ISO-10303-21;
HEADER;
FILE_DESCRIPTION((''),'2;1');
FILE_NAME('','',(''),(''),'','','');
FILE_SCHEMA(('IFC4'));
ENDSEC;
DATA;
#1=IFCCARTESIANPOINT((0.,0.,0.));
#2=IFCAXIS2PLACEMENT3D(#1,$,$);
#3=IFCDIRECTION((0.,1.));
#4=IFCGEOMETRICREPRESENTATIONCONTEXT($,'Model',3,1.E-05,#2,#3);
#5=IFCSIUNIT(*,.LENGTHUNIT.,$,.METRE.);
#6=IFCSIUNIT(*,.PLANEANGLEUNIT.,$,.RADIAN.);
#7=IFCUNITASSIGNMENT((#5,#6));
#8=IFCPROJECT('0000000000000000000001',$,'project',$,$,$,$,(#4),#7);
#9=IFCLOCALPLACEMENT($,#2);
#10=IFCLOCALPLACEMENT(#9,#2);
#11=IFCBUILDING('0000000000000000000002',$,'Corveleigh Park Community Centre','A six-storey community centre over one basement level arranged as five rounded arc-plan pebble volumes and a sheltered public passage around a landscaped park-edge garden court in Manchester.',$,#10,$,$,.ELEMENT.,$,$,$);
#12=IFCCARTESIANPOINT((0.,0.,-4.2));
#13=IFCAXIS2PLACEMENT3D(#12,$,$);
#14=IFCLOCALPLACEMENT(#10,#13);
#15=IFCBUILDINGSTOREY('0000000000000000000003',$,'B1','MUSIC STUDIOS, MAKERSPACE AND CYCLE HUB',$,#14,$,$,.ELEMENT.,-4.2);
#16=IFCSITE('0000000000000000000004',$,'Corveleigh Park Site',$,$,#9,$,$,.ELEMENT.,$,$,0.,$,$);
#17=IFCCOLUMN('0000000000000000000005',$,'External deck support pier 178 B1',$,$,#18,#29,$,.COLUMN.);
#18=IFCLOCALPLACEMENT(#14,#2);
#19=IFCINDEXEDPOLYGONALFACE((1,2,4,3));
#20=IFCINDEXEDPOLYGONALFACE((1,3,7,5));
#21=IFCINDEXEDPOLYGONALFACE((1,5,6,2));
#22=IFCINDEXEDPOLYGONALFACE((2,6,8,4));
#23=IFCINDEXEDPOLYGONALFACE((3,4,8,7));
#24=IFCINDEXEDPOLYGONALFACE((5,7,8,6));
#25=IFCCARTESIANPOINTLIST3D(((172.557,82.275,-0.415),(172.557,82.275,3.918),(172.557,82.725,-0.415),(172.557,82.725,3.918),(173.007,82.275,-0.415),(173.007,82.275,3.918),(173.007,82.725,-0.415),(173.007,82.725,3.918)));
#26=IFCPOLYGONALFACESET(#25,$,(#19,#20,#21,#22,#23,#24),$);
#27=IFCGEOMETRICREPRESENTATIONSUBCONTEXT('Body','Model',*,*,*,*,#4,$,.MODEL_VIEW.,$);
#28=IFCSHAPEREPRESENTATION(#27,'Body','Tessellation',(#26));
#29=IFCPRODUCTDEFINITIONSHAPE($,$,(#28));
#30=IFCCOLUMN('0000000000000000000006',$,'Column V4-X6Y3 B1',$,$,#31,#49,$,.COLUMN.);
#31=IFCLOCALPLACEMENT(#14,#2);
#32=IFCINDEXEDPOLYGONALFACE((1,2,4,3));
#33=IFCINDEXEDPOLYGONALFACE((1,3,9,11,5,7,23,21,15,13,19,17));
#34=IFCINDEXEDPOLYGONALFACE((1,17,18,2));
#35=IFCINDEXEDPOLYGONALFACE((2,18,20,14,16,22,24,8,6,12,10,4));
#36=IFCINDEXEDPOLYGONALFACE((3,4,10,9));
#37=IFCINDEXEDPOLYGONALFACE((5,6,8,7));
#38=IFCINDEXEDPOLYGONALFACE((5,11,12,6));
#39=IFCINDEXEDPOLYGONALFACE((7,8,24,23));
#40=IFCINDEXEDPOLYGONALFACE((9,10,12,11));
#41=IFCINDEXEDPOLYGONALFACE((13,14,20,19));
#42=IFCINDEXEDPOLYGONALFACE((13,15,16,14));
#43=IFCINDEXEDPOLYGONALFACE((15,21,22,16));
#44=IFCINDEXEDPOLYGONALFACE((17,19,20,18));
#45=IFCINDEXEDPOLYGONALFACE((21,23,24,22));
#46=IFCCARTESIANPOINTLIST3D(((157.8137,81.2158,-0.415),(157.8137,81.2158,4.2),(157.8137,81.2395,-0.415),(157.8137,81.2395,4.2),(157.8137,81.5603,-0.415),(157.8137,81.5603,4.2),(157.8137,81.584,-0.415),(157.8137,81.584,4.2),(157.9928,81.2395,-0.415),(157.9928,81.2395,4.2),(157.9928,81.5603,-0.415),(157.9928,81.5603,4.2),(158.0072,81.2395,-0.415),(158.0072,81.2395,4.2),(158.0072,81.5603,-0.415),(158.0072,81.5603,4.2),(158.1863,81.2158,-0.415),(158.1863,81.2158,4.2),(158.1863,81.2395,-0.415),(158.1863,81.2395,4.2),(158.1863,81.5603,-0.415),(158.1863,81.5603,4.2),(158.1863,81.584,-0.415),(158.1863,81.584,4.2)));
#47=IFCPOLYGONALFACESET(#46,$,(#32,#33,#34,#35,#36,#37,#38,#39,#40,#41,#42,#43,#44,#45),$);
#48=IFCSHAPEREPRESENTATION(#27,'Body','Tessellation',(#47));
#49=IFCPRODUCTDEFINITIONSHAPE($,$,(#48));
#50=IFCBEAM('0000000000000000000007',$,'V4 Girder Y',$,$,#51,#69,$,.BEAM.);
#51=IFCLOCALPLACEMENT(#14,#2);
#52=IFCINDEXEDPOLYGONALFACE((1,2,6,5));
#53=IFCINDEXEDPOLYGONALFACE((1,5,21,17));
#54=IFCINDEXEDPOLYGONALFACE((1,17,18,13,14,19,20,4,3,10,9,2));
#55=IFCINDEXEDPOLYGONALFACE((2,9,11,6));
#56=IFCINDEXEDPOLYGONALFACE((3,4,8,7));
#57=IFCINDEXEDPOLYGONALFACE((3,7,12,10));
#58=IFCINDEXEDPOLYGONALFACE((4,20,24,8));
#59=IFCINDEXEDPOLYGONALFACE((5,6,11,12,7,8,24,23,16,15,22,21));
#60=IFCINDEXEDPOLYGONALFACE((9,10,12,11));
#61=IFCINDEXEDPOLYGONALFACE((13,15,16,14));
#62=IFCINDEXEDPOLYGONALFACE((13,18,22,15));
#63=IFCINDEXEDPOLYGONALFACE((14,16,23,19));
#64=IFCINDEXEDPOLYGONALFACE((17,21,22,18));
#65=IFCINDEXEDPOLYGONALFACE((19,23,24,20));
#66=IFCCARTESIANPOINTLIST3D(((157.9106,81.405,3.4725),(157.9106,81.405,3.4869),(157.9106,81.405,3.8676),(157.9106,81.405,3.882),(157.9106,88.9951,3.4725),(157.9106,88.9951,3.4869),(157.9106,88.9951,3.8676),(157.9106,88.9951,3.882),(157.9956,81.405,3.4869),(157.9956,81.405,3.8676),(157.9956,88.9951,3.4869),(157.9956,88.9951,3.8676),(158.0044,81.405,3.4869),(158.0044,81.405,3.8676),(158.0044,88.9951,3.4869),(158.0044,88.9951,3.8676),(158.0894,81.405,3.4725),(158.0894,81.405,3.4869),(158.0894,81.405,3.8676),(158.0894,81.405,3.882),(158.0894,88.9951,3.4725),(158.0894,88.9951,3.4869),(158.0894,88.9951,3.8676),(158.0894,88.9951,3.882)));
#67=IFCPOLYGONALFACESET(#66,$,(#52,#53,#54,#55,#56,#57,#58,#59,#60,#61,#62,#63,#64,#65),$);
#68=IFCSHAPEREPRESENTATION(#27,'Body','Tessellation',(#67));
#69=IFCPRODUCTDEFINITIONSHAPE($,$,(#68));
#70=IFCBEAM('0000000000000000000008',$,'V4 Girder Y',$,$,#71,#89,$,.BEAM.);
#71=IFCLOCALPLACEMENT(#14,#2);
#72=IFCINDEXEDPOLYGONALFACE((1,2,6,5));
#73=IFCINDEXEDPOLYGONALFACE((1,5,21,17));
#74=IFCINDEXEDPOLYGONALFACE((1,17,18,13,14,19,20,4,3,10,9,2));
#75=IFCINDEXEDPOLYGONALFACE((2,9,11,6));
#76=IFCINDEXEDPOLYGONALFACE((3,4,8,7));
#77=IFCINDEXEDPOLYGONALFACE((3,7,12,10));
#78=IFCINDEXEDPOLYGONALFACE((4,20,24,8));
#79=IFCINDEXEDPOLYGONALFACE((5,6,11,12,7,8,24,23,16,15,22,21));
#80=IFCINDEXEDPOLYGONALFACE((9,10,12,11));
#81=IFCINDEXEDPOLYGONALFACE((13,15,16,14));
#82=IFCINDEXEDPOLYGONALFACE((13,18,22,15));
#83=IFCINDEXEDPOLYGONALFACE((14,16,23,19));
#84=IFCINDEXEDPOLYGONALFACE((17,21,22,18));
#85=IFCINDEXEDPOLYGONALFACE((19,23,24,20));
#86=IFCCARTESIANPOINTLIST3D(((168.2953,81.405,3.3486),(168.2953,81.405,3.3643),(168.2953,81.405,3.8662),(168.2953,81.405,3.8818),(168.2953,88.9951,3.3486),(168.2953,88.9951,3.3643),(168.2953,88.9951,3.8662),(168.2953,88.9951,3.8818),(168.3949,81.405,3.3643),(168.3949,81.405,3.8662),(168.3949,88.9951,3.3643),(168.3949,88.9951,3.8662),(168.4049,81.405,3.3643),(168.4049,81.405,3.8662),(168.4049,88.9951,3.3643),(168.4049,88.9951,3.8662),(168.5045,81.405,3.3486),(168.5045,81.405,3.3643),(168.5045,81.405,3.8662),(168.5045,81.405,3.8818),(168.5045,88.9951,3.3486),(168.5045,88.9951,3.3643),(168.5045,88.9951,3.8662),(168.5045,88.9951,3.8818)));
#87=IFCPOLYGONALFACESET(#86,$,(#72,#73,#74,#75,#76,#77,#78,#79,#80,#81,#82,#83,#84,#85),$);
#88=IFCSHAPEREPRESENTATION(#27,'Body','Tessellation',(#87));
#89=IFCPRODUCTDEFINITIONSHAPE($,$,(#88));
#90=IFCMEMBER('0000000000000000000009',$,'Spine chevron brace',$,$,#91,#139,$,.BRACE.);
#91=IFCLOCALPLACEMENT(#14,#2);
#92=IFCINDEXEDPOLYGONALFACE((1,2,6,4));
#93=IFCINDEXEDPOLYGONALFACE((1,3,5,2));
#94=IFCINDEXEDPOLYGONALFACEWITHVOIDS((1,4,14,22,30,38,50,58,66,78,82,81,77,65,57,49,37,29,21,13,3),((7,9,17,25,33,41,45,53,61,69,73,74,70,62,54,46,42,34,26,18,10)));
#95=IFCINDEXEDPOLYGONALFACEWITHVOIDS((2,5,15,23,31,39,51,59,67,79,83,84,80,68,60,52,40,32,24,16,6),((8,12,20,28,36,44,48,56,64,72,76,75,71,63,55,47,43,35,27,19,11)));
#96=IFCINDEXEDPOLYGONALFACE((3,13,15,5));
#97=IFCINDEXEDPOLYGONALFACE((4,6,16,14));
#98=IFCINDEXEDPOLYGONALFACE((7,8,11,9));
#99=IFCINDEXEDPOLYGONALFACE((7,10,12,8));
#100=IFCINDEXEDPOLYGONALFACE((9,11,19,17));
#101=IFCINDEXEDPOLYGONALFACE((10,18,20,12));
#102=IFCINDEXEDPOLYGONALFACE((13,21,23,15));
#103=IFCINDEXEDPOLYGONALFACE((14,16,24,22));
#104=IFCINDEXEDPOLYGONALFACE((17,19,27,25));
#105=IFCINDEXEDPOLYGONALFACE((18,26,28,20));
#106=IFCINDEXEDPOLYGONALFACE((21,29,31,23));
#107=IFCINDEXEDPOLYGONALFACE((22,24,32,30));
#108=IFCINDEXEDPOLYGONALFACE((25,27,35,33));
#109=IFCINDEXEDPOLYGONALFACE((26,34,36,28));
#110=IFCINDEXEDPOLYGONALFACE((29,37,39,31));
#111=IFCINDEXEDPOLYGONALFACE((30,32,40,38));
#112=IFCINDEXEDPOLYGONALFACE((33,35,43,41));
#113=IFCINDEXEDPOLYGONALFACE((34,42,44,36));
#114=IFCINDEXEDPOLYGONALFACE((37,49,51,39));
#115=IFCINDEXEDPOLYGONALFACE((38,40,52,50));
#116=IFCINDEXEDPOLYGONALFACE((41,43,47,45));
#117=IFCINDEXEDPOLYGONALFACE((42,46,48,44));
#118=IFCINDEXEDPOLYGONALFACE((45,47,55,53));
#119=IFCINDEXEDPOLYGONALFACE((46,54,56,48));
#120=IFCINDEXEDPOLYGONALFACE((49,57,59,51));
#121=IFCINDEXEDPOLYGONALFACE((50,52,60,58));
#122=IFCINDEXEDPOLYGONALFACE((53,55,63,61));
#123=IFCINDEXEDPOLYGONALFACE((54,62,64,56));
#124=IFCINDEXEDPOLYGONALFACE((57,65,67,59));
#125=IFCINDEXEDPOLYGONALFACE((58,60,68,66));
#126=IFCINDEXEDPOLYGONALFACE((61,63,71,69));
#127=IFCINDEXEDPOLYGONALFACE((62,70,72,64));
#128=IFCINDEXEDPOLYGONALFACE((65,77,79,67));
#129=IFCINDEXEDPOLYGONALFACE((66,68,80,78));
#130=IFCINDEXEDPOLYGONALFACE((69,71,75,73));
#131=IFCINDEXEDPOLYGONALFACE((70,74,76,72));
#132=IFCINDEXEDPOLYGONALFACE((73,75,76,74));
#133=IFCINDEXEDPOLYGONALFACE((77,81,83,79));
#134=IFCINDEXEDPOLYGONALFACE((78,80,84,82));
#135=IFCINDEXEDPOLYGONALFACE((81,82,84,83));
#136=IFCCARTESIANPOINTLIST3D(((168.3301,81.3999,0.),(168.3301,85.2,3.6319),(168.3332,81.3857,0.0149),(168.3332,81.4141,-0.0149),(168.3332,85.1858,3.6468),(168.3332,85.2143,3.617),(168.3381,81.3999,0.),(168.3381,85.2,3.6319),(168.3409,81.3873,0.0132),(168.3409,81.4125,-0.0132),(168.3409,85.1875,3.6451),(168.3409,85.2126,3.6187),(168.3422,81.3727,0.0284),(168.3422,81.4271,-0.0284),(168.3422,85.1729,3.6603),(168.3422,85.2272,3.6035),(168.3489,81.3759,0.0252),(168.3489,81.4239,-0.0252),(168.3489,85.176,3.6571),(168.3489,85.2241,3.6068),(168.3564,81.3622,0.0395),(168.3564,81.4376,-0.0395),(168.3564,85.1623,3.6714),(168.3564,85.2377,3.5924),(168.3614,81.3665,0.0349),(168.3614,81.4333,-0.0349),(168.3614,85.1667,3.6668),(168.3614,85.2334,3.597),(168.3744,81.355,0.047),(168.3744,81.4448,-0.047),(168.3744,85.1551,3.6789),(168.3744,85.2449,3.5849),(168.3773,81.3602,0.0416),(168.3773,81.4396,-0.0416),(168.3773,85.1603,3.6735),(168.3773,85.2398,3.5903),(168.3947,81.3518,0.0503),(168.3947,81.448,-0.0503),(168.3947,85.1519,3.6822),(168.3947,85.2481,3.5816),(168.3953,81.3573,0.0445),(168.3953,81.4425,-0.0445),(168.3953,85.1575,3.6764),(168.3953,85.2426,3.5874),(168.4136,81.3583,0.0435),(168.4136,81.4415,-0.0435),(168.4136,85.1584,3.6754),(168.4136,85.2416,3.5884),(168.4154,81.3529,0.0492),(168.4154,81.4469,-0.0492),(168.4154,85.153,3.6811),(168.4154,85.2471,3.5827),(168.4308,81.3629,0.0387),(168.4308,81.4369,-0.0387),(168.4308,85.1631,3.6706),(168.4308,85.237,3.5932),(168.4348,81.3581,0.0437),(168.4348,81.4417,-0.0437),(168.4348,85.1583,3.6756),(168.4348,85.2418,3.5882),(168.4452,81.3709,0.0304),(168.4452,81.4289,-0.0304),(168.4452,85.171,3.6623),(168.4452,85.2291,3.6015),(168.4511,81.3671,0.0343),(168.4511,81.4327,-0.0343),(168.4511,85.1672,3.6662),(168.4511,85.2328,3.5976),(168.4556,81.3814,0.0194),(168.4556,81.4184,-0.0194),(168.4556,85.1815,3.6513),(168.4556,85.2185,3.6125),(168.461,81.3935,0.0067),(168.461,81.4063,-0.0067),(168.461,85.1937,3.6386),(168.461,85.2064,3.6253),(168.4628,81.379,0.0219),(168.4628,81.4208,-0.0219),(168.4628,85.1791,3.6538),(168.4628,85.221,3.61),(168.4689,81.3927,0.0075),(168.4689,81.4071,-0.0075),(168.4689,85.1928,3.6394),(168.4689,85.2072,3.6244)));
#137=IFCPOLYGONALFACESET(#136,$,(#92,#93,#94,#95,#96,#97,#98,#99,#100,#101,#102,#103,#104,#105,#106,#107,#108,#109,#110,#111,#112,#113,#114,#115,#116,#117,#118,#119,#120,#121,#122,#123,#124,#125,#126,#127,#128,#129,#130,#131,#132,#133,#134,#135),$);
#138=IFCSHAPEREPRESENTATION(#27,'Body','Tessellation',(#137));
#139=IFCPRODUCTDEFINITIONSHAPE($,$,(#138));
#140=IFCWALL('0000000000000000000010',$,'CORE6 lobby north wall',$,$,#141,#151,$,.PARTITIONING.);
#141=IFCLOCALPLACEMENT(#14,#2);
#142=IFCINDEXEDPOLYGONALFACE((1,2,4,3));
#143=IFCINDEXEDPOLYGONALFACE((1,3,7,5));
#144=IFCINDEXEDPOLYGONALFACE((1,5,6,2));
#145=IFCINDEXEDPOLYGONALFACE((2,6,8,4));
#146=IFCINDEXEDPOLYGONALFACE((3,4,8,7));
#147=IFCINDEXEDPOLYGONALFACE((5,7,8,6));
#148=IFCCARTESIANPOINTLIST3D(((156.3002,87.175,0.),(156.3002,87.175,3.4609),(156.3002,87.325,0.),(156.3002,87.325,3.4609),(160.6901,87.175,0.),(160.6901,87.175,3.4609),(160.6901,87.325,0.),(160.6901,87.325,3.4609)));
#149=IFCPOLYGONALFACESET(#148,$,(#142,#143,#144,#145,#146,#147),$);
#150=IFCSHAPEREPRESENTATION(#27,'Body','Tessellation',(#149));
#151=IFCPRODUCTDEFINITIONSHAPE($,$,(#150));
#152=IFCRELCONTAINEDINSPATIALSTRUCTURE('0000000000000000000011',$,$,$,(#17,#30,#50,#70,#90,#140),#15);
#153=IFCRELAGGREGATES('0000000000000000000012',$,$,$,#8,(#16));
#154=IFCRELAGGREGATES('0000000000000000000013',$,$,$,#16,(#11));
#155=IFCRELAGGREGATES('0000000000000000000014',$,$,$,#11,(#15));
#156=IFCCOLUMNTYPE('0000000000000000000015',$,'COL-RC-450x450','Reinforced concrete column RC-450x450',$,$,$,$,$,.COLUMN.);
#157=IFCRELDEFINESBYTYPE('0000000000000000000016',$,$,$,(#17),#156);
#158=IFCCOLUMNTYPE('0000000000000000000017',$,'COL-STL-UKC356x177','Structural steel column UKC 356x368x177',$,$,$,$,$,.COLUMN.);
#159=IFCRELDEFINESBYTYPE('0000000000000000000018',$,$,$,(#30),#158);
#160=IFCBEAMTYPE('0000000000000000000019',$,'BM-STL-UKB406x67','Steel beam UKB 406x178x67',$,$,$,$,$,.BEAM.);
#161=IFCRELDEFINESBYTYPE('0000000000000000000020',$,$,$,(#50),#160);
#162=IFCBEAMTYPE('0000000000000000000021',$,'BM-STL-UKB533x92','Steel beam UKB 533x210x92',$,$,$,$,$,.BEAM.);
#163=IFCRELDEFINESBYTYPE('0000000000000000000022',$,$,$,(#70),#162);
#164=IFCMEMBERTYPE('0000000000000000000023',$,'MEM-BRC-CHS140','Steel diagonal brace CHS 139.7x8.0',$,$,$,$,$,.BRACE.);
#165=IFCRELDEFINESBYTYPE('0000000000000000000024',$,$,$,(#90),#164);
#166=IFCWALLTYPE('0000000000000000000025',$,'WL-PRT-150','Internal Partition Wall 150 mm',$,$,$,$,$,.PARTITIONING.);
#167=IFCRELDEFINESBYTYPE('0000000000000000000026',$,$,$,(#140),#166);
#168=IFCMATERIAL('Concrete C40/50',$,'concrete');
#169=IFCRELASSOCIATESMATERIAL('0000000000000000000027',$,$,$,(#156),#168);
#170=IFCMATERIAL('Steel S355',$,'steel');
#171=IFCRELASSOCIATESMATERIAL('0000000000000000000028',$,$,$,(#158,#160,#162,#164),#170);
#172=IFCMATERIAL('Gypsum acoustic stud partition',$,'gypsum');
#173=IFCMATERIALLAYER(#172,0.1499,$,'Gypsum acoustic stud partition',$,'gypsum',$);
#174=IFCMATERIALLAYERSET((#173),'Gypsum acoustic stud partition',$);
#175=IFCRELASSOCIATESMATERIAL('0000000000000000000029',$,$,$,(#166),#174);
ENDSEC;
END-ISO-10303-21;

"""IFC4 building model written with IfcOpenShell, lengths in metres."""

from ifc_helpers import new_model, si_unit, direction, frame, frame_2d, origin, origin_2d, place, context, subcontext, project, spatial, rectangle, hollow_circle, i_section, extrude, material, layer, layer_set, material_profile, profile_set, type_object, element, save


model = new_model("IFC4")

# Units and contexts
model_context = context("Model", 3, precision=1e-05, world=origin(), true_north=direction((0.0, 1.0)))
body_context = subcontext(model_context, "Body", "Model", "MODEL_VIEW")
ifc_project = project(units=[si_unit("LENGTHUNIT", "METRE"), si_unit("PLANEANGLEUNIT", "RADIAN")], contexts=[model_context])

# Site, building, storey
site_placement = place(None, origin())
site = spatial("IfcSite", under=ifc_project, at=site_placement, Name="Corveleigh Park Site", CompositionType="ELEMENT", RefElevation=0.0)
building_placement = place(site_placement, origin())
building = spatial("IfcBuilding", under=site, at=building_placement, Name="Corveleigh Park Community Centre", Description="A six-storey community centre over one basement level arranged as five rounded arc-plan pebble volumes and a sheltered public passage around a landscaped park-edge garden court in Manchester.", CompositionType="ELEMENT")
storey_placement = place(building_placement, frame((0.0, 0.0, -4.2)))
storey = spatial("IfcBuildingStorey", under=building, at=storey_placement, Name="B1", Description="MUSIC STUDIOS, MAKERSPACE AND CYCLE HUB", CompositionType="ELEMENT", Elevation=-4.2)

# Shared definitions
ifc_material_1 = material(Name="Concrete C40/50", Category="concrete")

# Columns
ifc_material_profile_1 = material_profile(ifc_material_1, rectangle(XDim=0.45, YDim=0.45, at=origin_2d()), Name="RC-450x450", Category="concrete")
ifc_profile_set_1 = profile_set([ifc_material_profile_1], Name="Concrete C40/50")
column_type_1 = type_object("IfcColumnType", Name="COL-RC-450x450", Description="Reinforced concrete column RC-450x450", PredefinedType="COLUMN", material=ifc_profile_set_1)
column_1_placement = place(storey_placement, frame((172.782, 82.5, -0.415), z_axis=(0.0, 0.0, 1.0), x_axis=(1.0, 0.0, 0.0)))
element("IfcColumn", 1, at=column_1_placement, inside=storey, type_object=column_type_1, Name="External deck support pier 178 B1", PredefinedType="COLUMN", context=body_context, shape_type="SweptSolid", body=[
    extrude(rectangle(XDim=0.45, YDim=0.45, at=origin_2d()), origin(), (0.0, 0.0, 1.0), 4.333),
])
ifc_material_2 = material(Name="Steel S355", Category="steel")
ifc_material_profile_2 = material_profile(ifc_material_2, i_section(OverallWidth=0.3726, OverallDepth=0.3682, WebThickness=0.0144, FlangeThickness=0.0237, at=origin_2d()), Name="UKC 356x368x177", Category="steel")
ifc_profile_set_2 = profile_set([ifc_material_profile_2], Name="Steel S355")
column_type_2 = type_object("IfcColumnType", Name="COL-STL-UKC356x177", Description="Structural steel column UKC 356x368x177", PredefinedType="COLUMN", material=ifc_profile_set_2)
column_2_placement = place(storey_placement, frame((158.0, 81.3999, -0.415), z_axis=(0.0, 0.0, 1.0), x_axis=(1.0, 0.0, 0.0)))
element("IfcColumn", 2, at=column_2_placement, inside=storey, type_object=column_type_2, Name="Column V4-X6Y3 B1", PredefinedType="COLUMN", context=body_context, shape_type="SweptSolid", body=[
    extrude(i_section(OverallWidth=0.3726, OverallDepth=0.3682, WebThickness=0.0144, FlangeThickness=0.0237, at=origin_2d()), origin(), (0.0, 0.0, 1.0), 4.615),
])

# Beams
ifc_material_profile_3 = material_profile(ifc_material_2, i_section(OverallWidth=0.1787, OverallDepth=0.4094, WebThickness=0.0088, FlangeThickness=0.0144, at=origin_2d()), Name="UKB 406x178x67", Category="steel")
ifc_profile_set_3 = profile_set([ifc_material_profile_3], Name="Steel S355")
beam_type_1 = type_object("IfcBeamType", Name="BM-STL-UKB406x67", Description="Steel beam UKB 406x178x67", PredefinedType="BEAM", material=ifc_profile_set_3)
beam_1_placement = place(storey_placement, frame((158.0, 81.405, 3.6772), z_axis=(0.0, 1.0, 0.0), x_axis=(-1.0, 0.0, 0.0)))
element("IfcBeam", 3, at=beam_1_placement, inside=storey, type_object=beam_type_1, Name="V4 Girder Y", PredefinedType="BEAM", context=body_context, shape_type="SweptSolid", body=[
    extrude(i_section(OverallWidth=0.1787, OverallDepth=0.4094, WebThickness=0.0088, FlangeThickness=0.0144, at=origin_2d()), origin(), (0.0, 0.0, 1.0), 7.5901),
])
ifc_material_profile_4 = material_profile(ifc_material_2, i_section(OverallWidth=0.2092, OverallDepth=0.5332, WebThickness=0.01, FlangeThickness=0.0156, at=origin_2d()), Name="UKB 533x210x92", Category="steel")
ifc_profile_set_4 = profile_set([ifc_material_profile_4], Name="Steel S355")
beam_type_2 = type_object("IfcBeamType", Name="BM-STL-UKB533x92", Description="Steel beam UKB 533x210x92", PredefinedType="BEAM", material=ifc_profile_set_4)
beam_2_placement = place(storey_placement, frame((168.3999, 81.405, 3.6152), z_axis=(0.0, 1.0, 0.0), x_axis=(-1.0, 0.0, 0.0)))
element("IfcBeam", 4, at=beam_2_placement, inside=storey, type_object=beam_type_2, Name="V4 Girder Y", PredefinedType="BEAM", context=body_context, shape_type="SweptSolid", body=[
    extrude(i_section(OverallWidth=0.2092, OverallDepth=0.5332, WebThickness=0.01, FlangeThickness=0.0156, at=origin_2d()), origin(), (0.0, 0.0, 1.0), 7.5901),
])

# Member
ifc_material_profile_5 = material_profile(ifc_material_2, hollow_circle(Radius=0.0698, WallThickness=0.0081, at=origin_2d()), Name="CHS 139.7x8.0", Category="steel")
ifc_profile_set_5 = profile_set([ifc_material_profile_5], Name="Steel S355")
member_type = type_object("IfcMemberType", Name="MEM-BRC-CHS140", Description="Steel diagonal brace CHS 139.7x8.0", PredefinedType="BRACE", material=ifc_profile_set_5)
member_placement = place(storey_placement, frame((168.3999, 81.3999, 0.0), z_axis=(0.0, 0.722926, 0.690925), x_axis=(-1.0, 0.0, 0.0)))
element("IfcMember", 5, at=member_placement, inside=storey, type_object=member_type, Name="Spine chevron brace", PredefinedType="BRACE", context=body_context, shape_type="SweptSolid", body=[
    extrude(hollow_circle(Radius=0.0698, WallThickness=0.0081, at=origin_2d()), origin(), (0.0, 0.0, 1.0), 5.2566),
])

# Wall
ifc_material_3 = material(Name="Gypsum acoustic stud partition", Category="gypsum")
ifc_layer_1 = layer(ifc_material_3, 0.1499, Name="Gypsum acoustic stud partition", Category="gypsum")
ifc_layer_set_1 = layer_set([ifc_layer_1], Name="Gypsum acoustic stud partition")
wall_type_1 = type_object("IfcWallType", Name="WL-PRT-150", Description="Internal Partition Wall 150 mm", PredefinedType="PARTITIONING", material=ifc_layer_set_1)
wall_1_placement = place(storey_placement, frame((160.6899, 87.25, 0.0), z_axis=(0.0, 0.0, 1.0), x_axis=(-1.0, 0.0, 0.0)))
element("IfcWall", 6, at=wall_1_placement, inside=storey, type_object=wall_type_1, Name="CORE6 lobby north wall", PredefinedType="PARTITIONING", context=body_context, shape_type="SweptSolid", body=[
    extrude(rectangle(XDim=4.3899, YDim=0.1499, at=frame_2d((2.1948, 0.0))), origin(), (0.0, 0.0, 1.0), 3.4609),
])

save(model, "model.ifc")
